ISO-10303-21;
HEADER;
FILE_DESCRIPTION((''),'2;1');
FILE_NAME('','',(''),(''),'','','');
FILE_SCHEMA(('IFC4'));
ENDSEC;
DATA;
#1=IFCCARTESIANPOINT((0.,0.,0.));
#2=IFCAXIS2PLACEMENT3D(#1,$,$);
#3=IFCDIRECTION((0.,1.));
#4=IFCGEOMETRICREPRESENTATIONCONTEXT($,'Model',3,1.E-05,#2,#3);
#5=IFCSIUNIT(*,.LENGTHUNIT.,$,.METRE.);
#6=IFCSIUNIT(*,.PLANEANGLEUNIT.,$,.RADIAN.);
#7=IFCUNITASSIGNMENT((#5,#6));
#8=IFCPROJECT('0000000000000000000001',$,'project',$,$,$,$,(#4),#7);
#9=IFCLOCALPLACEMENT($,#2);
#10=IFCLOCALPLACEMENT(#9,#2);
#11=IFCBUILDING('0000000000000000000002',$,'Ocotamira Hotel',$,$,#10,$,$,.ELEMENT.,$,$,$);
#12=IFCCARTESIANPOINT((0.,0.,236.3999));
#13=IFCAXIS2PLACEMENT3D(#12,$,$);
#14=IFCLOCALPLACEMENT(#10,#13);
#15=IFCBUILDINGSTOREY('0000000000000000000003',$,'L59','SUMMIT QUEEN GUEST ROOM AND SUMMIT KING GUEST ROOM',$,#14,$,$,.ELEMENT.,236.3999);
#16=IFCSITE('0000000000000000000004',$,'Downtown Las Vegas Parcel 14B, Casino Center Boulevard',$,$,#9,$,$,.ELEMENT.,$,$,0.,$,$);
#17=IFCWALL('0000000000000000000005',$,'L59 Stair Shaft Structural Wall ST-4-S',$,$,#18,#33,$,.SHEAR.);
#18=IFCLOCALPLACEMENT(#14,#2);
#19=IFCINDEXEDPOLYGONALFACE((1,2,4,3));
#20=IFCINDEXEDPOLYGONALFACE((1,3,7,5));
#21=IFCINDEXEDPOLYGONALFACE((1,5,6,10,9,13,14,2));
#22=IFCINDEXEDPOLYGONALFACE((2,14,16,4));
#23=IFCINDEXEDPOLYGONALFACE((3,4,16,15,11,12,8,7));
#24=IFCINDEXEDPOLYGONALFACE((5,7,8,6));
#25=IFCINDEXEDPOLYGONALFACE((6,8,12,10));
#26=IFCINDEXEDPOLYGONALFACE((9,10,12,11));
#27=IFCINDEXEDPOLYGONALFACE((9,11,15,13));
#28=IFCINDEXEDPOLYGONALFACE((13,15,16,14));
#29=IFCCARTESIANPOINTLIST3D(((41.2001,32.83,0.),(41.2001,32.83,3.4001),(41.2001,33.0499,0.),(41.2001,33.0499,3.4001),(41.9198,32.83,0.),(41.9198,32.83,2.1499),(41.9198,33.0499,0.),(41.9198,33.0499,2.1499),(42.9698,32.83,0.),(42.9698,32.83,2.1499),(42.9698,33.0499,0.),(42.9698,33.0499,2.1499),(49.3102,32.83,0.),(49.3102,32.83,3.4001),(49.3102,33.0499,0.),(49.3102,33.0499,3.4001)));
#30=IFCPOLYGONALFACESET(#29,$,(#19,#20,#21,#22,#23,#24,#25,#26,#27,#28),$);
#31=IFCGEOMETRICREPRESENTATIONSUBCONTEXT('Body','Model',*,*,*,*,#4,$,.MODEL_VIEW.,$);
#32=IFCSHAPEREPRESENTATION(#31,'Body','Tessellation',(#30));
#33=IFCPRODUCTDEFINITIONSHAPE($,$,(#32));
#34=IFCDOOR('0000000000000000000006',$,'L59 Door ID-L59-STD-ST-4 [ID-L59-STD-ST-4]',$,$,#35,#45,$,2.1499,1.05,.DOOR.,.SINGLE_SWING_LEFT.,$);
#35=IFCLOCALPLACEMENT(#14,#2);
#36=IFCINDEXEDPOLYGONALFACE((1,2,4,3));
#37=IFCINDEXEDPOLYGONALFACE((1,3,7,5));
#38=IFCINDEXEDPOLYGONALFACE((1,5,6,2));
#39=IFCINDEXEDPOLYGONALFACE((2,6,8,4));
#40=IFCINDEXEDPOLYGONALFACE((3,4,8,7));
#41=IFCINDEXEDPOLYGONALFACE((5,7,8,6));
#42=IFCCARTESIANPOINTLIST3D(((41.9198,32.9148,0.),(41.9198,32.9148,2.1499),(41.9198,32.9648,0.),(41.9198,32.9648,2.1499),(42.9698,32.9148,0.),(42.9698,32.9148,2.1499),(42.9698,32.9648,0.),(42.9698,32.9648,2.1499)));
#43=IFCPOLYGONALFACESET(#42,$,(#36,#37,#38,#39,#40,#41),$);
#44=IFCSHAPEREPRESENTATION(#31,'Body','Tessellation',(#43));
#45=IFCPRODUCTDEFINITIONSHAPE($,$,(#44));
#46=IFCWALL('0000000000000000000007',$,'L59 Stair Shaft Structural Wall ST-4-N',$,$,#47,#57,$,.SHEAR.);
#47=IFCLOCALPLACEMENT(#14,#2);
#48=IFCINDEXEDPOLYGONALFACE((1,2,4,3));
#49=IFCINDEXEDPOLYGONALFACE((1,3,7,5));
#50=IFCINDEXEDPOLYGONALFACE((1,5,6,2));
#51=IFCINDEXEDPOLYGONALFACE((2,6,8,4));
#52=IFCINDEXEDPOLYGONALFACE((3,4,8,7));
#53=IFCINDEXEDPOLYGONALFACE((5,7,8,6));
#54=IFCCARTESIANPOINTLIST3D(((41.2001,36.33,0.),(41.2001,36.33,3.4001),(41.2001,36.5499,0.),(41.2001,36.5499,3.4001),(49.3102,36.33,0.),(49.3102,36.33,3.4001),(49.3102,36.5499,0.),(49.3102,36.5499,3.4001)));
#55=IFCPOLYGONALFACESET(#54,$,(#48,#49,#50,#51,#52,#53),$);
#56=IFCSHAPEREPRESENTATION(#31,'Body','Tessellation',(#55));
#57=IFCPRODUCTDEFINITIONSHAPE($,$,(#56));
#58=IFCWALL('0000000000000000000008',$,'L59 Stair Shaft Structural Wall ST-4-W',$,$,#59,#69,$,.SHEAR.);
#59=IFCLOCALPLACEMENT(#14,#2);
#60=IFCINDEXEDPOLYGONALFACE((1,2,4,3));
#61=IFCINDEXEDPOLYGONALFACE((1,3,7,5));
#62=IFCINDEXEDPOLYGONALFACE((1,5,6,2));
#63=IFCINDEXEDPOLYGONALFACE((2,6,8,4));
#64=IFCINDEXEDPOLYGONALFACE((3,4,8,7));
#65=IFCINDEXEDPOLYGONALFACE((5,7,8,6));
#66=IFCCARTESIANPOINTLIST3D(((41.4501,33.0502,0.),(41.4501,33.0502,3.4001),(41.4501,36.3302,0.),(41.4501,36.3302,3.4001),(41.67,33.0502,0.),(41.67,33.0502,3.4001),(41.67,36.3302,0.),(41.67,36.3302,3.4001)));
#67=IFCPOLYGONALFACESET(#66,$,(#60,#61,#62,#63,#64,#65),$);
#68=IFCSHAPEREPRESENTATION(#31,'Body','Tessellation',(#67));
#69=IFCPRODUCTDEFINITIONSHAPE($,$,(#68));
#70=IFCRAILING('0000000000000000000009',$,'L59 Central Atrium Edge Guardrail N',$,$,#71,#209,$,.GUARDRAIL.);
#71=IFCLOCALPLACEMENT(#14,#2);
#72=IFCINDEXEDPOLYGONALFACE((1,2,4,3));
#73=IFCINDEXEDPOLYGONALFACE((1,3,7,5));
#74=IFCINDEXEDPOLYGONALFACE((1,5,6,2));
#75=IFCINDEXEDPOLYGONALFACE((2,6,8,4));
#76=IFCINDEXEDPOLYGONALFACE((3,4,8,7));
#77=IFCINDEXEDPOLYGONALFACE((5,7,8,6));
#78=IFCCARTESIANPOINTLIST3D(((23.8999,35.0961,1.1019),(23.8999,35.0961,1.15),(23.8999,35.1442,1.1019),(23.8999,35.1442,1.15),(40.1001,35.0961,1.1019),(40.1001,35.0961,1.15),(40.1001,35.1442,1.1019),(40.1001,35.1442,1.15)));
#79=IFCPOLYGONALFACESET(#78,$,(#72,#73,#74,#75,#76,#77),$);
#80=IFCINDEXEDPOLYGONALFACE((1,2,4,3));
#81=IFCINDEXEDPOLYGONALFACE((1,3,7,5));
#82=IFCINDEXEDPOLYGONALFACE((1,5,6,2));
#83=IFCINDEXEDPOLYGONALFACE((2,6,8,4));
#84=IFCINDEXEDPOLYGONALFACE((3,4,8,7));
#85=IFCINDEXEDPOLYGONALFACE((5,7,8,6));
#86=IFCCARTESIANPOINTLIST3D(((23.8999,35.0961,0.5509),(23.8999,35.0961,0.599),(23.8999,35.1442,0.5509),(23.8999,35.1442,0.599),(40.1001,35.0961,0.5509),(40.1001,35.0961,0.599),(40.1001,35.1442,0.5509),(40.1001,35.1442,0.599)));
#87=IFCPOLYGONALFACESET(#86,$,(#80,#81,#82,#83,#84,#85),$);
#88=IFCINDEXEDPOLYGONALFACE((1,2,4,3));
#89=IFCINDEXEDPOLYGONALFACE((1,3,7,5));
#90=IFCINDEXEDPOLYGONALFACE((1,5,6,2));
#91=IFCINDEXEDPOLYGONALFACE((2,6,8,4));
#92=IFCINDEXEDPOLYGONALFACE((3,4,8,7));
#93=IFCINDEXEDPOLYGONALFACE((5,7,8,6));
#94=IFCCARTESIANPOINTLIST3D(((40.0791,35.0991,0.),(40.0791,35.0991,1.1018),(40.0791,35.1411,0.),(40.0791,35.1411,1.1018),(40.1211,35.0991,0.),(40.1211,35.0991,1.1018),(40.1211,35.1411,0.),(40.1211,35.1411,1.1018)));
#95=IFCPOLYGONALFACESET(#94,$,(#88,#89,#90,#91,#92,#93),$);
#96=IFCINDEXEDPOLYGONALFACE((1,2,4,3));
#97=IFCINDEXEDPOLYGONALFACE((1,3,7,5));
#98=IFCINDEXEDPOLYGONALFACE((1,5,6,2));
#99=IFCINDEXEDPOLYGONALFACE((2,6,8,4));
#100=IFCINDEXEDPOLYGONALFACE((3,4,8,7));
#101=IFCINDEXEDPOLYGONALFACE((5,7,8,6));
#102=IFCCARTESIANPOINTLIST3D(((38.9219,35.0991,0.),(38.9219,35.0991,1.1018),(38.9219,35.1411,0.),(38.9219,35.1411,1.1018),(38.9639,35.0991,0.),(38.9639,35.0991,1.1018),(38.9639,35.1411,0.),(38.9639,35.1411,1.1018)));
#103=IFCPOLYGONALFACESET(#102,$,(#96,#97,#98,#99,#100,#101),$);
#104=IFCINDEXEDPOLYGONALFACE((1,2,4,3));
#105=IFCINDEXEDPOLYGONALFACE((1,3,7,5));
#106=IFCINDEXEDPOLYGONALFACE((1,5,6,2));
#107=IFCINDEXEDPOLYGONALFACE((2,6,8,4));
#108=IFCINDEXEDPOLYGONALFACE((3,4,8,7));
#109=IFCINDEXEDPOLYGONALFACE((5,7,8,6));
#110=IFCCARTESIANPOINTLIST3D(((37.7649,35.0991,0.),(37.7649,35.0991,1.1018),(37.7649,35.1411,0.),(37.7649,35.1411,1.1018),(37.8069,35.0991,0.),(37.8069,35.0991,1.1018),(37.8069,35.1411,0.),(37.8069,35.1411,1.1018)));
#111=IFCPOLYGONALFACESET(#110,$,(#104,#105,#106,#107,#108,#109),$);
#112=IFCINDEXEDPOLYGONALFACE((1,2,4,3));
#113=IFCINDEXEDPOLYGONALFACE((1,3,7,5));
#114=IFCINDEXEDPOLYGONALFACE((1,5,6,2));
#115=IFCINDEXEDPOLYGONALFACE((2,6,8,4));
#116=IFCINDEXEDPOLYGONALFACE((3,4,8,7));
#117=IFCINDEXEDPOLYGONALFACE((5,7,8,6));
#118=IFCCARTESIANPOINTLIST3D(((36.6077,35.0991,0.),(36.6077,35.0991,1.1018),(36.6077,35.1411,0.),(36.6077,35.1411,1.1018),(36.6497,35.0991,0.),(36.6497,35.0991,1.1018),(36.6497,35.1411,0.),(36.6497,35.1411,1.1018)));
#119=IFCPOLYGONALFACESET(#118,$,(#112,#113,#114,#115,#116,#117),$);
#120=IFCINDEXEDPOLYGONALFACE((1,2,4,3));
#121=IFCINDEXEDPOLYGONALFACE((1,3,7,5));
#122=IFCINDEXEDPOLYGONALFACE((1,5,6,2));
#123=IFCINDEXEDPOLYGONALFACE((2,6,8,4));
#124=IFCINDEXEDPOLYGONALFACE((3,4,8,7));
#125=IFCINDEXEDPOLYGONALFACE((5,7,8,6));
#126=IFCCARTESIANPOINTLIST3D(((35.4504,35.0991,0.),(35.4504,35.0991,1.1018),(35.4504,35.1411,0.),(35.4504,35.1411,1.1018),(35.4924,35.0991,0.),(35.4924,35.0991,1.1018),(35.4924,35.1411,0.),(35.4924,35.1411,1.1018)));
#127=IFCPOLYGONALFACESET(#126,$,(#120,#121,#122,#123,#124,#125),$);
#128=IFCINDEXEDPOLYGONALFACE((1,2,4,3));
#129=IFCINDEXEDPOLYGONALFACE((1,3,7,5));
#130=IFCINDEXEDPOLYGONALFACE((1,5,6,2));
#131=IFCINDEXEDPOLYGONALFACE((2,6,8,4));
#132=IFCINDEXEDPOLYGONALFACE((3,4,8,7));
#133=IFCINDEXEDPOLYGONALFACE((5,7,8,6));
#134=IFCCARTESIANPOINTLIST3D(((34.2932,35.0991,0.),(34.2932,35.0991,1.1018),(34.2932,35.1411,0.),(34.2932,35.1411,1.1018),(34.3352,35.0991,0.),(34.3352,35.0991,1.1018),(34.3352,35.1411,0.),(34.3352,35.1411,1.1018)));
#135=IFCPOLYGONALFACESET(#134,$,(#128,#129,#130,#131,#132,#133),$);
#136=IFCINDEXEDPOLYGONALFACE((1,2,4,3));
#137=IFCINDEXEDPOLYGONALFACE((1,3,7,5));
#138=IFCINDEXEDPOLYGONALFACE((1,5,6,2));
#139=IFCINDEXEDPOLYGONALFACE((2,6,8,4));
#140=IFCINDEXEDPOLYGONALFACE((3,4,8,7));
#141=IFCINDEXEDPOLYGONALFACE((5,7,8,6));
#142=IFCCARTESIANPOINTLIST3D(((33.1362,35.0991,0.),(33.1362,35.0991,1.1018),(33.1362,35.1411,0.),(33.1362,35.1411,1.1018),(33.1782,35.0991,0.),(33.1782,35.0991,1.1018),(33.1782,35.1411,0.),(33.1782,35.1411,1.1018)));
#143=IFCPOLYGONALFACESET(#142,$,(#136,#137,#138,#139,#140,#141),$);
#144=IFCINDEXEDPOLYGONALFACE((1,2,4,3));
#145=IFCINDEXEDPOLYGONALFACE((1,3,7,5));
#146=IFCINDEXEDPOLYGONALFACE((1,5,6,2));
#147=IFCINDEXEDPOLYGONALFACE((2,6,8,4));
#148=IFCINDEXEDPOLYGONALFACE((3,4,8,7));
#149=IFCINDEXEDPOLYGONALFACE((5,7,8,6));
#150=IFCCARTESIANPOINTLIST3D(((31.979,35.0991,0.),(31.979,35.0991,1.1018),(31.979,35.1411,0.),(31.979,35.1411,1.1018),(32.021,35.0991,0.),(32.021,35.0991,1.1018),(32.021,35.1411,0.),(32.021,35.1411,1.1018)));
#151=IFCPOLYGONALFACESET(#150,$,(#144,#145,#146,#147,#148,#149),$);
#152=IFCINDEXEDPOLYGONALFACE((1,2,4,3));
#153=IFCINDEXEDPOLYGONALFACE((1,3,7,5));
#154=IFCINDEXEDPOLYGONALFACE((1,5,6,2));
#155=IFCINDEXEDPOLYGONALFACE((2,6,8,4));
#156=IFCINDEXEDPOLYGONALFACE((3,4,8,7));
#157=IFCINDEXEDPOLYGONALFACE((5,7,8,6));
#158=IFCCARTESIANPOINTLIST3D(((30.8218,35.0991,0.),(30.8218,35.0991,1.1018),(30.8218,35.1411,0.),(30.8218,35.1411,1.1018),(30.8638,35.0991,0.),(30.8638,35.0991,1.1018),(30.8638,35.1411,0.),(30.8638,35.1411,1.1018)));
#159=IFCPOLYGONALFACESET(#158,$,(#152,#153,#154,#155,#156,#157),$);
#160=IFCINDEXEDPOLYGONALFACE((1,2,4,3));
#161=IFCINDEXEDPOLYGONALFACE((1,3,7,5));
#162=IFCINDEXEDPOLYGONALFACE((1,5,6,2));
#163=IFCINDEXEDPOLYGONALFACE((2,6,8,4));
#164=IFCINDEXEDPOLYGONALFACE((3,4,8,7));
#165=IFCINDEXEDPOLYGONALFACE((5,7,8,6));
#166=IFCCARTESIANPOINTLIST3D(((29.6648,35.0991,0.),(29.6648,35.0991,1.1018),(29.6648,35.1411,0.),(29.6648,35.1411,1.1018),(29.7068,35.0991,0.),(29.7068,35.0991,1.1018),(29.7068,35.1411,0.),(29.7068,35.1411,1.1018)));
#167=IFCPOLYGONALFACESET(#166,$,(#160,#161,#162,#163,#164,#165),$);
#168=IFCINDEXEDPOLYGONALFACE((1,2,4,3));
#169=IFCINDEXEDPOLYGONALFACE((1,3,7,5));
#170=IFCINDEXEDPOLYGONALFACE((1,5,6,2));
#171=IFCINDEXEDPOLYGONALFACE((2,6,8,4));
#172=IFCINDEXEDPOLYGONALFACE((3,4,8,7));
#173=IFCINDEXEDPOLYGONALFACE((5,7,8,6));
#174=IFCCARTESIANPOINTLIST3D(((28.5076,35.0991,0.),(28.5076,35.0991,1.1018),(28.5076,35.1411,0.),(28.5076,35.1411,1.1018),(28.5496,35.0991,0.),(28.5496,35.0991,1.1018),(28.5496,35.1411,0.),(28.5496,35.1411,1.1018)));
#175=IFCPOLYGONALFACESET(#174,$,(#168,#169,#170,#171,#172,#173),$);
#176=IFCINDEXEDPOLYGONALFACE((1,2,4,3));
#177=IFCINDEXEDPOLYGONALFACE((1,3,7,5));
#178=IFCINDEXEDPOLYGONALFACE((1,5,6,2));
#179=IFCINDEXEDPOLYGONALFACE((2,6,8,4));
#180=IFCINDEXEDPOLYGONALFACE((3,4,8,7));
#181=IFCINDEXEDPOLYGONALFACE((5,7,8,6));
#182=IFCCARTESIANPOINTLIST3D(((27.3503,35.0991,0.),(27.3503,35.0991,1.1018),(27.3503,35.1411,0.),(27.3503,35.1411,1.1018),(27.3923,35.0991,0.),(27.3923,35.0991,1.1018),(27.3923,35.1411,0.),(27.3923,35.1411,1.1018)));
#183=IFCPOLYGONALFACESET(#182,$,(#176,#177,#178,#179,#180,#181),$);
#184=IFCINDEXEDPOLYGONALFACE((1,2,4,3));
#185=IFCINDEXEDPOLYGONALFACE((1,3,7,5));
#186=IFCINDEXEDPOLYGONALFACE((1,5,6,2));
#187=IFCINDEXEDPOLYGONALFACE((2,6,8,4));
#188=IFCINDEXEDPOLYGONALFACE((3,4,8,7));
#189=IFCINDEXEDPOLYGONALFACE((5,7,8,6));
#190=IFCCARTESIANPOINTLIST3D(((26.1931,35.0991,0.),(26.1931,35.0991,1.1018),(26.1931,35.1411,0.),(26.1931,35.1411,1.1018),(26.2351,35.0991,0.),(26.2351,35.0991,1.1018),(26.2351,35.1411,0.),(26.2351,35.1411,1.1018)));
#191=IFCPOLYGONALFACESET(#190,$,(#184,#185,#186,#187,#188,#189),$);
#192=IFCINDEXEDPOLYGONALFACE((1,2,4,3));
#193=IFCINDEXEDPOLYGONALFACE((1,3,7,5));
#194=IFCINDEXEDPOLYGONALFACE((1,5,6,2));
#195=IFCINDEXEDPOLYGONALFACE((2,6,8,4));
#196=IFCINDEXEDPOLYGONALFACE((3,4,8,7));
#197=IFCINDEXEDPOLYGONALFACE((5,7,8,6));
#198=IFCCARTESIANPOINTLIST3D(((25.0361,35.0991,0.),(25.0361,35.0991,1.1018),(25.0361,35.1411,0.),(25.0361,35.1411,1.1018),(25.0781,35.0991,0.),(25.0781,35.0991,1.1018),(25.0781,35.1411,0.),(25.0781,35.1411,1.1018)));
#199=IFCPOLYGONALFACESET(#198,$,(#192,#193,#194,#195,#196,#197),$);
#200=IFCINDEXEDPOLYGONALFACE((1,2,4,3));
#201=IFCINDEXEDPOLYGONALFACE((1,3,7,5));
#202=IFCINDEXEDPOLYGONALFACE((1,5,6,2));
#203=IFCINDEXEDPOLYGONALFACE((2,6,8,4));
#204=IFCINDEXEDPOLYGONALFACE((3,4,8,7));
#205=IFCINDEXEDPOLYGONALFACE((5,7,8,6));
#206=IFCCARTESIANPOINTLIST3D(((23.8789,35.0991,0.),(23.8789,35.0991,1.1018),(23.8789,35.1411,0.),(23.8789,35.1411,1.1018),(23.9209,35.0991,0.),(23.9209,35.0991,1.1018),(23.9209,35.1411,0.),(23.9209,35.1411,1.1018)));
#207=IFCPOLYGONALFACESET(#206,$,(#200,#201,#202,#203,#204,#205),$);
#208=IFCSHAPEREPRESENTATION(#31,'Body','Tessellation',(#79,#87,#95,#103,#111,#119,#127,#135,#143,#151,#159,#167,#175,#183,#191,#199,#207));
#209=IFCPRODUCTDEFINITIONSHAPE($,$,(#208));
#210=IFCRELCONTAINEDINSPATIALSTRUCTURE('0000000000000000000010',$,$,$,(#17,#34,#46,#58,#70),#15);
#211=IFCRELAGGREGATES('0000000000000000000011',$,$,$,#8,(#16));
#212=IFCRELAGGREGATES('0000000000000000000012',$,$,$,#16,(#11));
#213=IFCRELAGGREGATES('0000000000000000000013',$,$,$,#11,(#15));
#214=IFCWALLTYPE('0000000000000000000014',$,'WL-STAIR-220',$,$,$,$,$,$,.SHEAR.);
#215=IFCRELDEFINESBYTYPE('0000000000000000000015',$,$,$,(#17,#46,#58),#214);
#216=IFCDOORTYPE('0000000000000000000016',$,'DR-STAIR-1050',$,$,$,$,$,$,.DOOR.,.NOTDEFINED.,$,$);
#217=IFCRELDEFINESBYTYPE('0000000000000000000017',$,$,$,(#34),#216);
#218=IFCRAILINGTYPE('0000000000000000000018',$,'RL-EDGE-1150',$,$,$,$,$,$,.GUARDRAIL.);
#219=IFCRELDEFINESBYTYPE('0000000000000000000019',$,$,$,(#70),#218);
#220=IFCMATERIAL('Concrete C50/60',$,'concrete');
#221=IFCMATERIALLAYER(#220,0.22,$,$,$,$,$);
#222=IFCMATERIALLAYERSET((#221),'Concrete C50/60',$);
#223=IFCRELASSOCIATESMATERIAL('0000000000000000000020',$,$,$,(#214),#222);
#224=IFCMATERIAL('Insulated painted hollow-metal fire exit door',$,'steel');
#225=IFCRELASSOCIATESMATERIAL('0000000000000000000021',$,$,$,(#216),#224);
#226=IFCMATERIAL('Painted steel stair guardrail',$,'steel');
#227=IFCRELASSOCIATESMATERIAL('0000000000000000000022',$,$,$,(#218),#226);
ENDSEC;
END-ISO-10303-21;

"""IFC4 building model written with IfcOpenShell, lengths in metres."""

from ifc_helpers import new_model, si_unit, direction, frame, frame_2d, origin, origin_2d, place, context, subcontext, project, spatial, rectangle, extrude, source, transform, mapped, material, layer, layer_set, type_object, element, fill, save


model = new_model("IFC4")

# Units and contexts
model_context = context("Model", 3, precision=1e-05, world=origin(), true_north=direction((0.0, 1.0)))
body_context = subcontext(model_context, "Body", "Model", "MODEL_VIEW")
ifc_project = project(units=[si_unit("LENGTHUNIT", "METRE"), si_unit("PLANEANGLEUNIT", "RADIAN")], contexts=[model_context])

# Site, building, storey
site_placement = place(None, origin())
site = spatial("IfcSite", under=ifc_project, at=site_placement, Name="Downtown Las Vegas Parcel 14B, Casino Center Boulevard", CompositionType="ELEMENT", RefElevation=0.0)
building_placement = place(site_placement, origin())
building = spatial("IfcBuilding", under=site, at=building_placement, Name="Ocotamira Hotel", CompositionType="ELEMENT")
storey_placement = place(building_placement, frame((0.0, 0.0, 236.3999)))
storey = spatial("IfcBuildingStorey", under=building, at=storey_placement, Name="L59", Description="SUMMIT QUEEN GUEST ROOM AND SUMMIT KING GUEST ROOM", CompositionType="ELEMENT", Elevation=236.3999)

# Shared definitions
ifc_material_1 = material(Name="Concrete C50/60", Category="concrete")

# Wall, opening, door
ifc_layer_1 = layer(ifc_material_1, 0.22)
ifc_layer_set_1 = layer_set([ifc_layer_1], Name="Concrete C50/60")
wall_type_1 = type_object("IfcWallType", Name="WL-STAIR-220", PredefinedType="SHEAR", material=ifc_layer_set_1)
wall_1_placement = place(storey_placement, frame((41.2, 32.9399, 0.0), z_axis=(0.0, 0.0, 1.0), x_axis=(1.0, 0.0, 0.0)))
wall_1 = element("IfcWall", 1, at=wall_1_placement, inside=storey, type_object=wall_type_1, Name="L59 Stair Shaft Structural Wall ST-4-S", PredefinedType="SHEAR", context=body_context, shape_type="SweptSolid", body=[
    extrude(rectangle(XDim=8.1101, YDim=0.22, at=frame_2d((4.0552, 0.0))), origin(), (0.0, 0.0, 1.0), 3.4001),
])
opening_1_placement = place(wall_1_placement, frame((0.72, 0.0, 0.0)))
opening_1 = element("IfcOpeningElement", 2, at=opening_1_placement, cuts=wall_1, PredefinedType="OPENING", context=body_context, shape_type="SweptSolid", body=[
    extrude(rectangle(XDim=1.05, YDim=2.1499, at=frame_2d((0.5249, 1.075))), frame((0.0, 0.1201, 0.0), z_axis=(0.0, -1.0, 0.0), x_axis=(1.0, 0.0, 0.0)), (0.0, 0.0, 1.0), 0.24),
])
ifc_material_2 = material(Name="Insulated painted hollow-metal fire exit door", Category="steel")
door_type_1 = type_object("IfcDoorType", Name="DR-STAIR-1050", OperationType="NOTDEFINED", PredefinedType="DOOR", material=ifc_material_2)
shared_shape_1 = source(origin(), body_context, "Body", "SweptSolid", [
    extrude(rectangle(XDim=1.05, YDim=2.1499, at=frame_2d((0.5249, 1.075))), frame((0.0, 0.0249, 0.0), z_axis=(0.0, -1.0, 0.0), x_axis=(1.0, 0.0, 0.0)), (0.0, 0.0, 1.0), 0.05),
])
door_1_placement = place(opening_1_placement, origin())
door_1 = element("IfcDoor", 3, at=door_1_placement, inside=storey, type_object=door_type_1, Name="L59 Door ID-L59-STD-ST-4 [ID-L59-STD-ST-4]", OperationType="SINGLE_SWING_LEFT", OverallHeight=2.1499, OverallWidth=1.05, PredefinedType="DOOR", context=body_context, shape_type="MappedRepresentation", body=[
    mapped(shared_shape_1, transform((0.0, 0.0, 0.0), scale=1.0)),
])
fill(opening_1, door_1)

# Walls
wall_2_placement = place(storey_placement, frame((41.2, 36.4399, 0.0), z_axis=(0.0, 0.0, 1.0), x_axis=(1.0, 0.0, 0.0)))
element("IfcWall", 4, at=wall_2_placement, inside=storey, type_object=wall_type_1, Name="L59 Stair Shaft Structural Wall ST-4-N", PredefinedType="SHEAR", context=body_context, shape_type="SweptSolid", body=[
    extrude(rectangle(XDim=8.1101, YDim=0.22, at=frame_2d((4.0552, 0.0))), origin(), (0.0, 0.0, 1.0), 3.4001),
])
wall_3_placement = place(storey_placement, frame((41.5601, 33.05, 0.0), z_axis=(0.0, 0.0, 1.0), x_axis=(0.0, 1.0, 0.0)))
element("IfcWall", 5, at=wall_3_placement, inside=storey, type_object=wall_type_1, Name="L59 Stair Shaft Structural Wall ST-4-W", PredefinedType="SHEAR", context=body_context, shape_type="SweptSolid", body=[
    extrude(rectangle(XDim=3.28, YDim=0.22, at=frame_2d((1.6401, 0.0))), origin(), (0.0, 0.0, 1.0), 3.4001),
])

# Railing
ifc_material_3 = material(Name="Painted steel stair guardrail", Category="steel")
railing_type = type_object("IfcRailingType", Name="RL-EDGE-1150", PredefinedType="GUARDRAIL", material=ifc_material_3)
railing_placement = place(storey_placement, frame((40.1001, 35.1201, 0.0)))
element("IfcRailing", 6, at=railing_placement, inside=storey, type_object=railing_type, Name="L59 Central Atrium Edge Guardrail N", PredefinedType="GUARDRAIL", context=body_context, shape_type="SweptSolid", body=[
    extrude(rectangle(XDim=0.0481, YDim=0.0481, at=origin_2d()), frame((0.0, 0.0, 1.126), z_axis=(-1.0, 0.0, 0.0), x_axis=(0.0, -1.0, 0.0)), (0.0, 0.0, 1.0), 16.2002),
    extrude(rectangle(XDim=0.0481, YDim=0.0481, at=origin_2d()), frame((0.0, 0.0, 0.575), z_axis=(-1.0, 0.0, 0.0), x_axis=(0.0, -1.0, 0.0)), (0.0, 0.0, 1.0), 16.2002),
    extrude(rectangle(XDim=0.042, YDim=0.042, at=origin_2d()), origin(), (0.0, 0.0, 1.0), 1.1018),
    extrude(rectangle(XDim=0.042, YDim=0.042, at=origin_2d()), frame((-1.1572, 0.0, 0.0)), (0.0, 0.0, 1.0), 1.1018),
    extrude(rectangle(XDim=0.042, YDim=0.042, at=origin_2d()), frame((-2.3142, 0.0, 0.0)), (0.0, 0.0, 1.0), 1.1018),
    extrude(rectangle(XDim=0.042, YDim=0.042, at=origin_2d()), frame((-3.4714, 0.0, 0.0)), (0.0, 0.0, 1.0), 1.1018),
    extrude(rectangle(XDim=0.042, YDim=0.042, at=origin_2d()), frame((-4.6287, 0.0, 0.0)), (0.0, 0.0, 1.0), 1.1018),
    extrude(rectangle(XDim=0.042, YDim=0.042, at=origin_2d()), frame((-5.7859, 0.0, 0.0)), (0.0, 0.0, 1.0), 1.1018),
    extrude(rectangle(XDim=0.042, YDim=0.042, at=origin_2d()), frame((-6.9429, 0.0, 0.0)), (0.0, 0.0, 1.0), 1.1018),
    extrude(rectangle(XDim=0.042, YDim=0.042, at=origin_2d()), frame((-8.1001, 0.0, 0.0)), (0.0, 0.0, 1.0), 1.1018),
    extrude(rectangle(XDim=0.042, YDim=0.042, at=origin_2d()), frame((-9.2573, 0.0, 0.0)), (0.0, 0.0, 1.0), 1.1018),
    extrude(rectangle(XDim=0.042, YDim=0.042, at=origin_2d()), frame((-10.4143, 0.0, 0.0)), (0.0, 0.0, 1.0), 1.1018),
    extrude(rectangle(XDim=0.042, YDim=0.042, at=origin_2d()), frame((-11.5715, 0.0, 0.0)), (0.0, 0.0, 1.0), 1.1018),
    extrude(rectangle(XDim=0.042, YDim=0.042, at=origin_2d()), frame((-12.7288, 0.0, 0.0)), (0.0, 0.0, 1.0), 1.1018),
    extrude(rectangle(XDim=0.042, YDim=0.042, at=origin_2d()), frame((-13.886, 0.0, 0.0)), (0.0, 0.0, 1.0), 1.1018),
    extrude(rectangle(XDim=0.042, YDim=0.042, at=origin_2d()), frame((-15.043, 0.0, 0.0)), (0.0, 0.0, 1.0), 1.1018),
    extrude(rectangle(XDim=0.042, YDim=0.042, at=origin_2d()), frame((-16.2002, 0.0, 0.0)), (0.0, 0.0, 1.0), 1.1018),
])

save(model, "model.ifc")
